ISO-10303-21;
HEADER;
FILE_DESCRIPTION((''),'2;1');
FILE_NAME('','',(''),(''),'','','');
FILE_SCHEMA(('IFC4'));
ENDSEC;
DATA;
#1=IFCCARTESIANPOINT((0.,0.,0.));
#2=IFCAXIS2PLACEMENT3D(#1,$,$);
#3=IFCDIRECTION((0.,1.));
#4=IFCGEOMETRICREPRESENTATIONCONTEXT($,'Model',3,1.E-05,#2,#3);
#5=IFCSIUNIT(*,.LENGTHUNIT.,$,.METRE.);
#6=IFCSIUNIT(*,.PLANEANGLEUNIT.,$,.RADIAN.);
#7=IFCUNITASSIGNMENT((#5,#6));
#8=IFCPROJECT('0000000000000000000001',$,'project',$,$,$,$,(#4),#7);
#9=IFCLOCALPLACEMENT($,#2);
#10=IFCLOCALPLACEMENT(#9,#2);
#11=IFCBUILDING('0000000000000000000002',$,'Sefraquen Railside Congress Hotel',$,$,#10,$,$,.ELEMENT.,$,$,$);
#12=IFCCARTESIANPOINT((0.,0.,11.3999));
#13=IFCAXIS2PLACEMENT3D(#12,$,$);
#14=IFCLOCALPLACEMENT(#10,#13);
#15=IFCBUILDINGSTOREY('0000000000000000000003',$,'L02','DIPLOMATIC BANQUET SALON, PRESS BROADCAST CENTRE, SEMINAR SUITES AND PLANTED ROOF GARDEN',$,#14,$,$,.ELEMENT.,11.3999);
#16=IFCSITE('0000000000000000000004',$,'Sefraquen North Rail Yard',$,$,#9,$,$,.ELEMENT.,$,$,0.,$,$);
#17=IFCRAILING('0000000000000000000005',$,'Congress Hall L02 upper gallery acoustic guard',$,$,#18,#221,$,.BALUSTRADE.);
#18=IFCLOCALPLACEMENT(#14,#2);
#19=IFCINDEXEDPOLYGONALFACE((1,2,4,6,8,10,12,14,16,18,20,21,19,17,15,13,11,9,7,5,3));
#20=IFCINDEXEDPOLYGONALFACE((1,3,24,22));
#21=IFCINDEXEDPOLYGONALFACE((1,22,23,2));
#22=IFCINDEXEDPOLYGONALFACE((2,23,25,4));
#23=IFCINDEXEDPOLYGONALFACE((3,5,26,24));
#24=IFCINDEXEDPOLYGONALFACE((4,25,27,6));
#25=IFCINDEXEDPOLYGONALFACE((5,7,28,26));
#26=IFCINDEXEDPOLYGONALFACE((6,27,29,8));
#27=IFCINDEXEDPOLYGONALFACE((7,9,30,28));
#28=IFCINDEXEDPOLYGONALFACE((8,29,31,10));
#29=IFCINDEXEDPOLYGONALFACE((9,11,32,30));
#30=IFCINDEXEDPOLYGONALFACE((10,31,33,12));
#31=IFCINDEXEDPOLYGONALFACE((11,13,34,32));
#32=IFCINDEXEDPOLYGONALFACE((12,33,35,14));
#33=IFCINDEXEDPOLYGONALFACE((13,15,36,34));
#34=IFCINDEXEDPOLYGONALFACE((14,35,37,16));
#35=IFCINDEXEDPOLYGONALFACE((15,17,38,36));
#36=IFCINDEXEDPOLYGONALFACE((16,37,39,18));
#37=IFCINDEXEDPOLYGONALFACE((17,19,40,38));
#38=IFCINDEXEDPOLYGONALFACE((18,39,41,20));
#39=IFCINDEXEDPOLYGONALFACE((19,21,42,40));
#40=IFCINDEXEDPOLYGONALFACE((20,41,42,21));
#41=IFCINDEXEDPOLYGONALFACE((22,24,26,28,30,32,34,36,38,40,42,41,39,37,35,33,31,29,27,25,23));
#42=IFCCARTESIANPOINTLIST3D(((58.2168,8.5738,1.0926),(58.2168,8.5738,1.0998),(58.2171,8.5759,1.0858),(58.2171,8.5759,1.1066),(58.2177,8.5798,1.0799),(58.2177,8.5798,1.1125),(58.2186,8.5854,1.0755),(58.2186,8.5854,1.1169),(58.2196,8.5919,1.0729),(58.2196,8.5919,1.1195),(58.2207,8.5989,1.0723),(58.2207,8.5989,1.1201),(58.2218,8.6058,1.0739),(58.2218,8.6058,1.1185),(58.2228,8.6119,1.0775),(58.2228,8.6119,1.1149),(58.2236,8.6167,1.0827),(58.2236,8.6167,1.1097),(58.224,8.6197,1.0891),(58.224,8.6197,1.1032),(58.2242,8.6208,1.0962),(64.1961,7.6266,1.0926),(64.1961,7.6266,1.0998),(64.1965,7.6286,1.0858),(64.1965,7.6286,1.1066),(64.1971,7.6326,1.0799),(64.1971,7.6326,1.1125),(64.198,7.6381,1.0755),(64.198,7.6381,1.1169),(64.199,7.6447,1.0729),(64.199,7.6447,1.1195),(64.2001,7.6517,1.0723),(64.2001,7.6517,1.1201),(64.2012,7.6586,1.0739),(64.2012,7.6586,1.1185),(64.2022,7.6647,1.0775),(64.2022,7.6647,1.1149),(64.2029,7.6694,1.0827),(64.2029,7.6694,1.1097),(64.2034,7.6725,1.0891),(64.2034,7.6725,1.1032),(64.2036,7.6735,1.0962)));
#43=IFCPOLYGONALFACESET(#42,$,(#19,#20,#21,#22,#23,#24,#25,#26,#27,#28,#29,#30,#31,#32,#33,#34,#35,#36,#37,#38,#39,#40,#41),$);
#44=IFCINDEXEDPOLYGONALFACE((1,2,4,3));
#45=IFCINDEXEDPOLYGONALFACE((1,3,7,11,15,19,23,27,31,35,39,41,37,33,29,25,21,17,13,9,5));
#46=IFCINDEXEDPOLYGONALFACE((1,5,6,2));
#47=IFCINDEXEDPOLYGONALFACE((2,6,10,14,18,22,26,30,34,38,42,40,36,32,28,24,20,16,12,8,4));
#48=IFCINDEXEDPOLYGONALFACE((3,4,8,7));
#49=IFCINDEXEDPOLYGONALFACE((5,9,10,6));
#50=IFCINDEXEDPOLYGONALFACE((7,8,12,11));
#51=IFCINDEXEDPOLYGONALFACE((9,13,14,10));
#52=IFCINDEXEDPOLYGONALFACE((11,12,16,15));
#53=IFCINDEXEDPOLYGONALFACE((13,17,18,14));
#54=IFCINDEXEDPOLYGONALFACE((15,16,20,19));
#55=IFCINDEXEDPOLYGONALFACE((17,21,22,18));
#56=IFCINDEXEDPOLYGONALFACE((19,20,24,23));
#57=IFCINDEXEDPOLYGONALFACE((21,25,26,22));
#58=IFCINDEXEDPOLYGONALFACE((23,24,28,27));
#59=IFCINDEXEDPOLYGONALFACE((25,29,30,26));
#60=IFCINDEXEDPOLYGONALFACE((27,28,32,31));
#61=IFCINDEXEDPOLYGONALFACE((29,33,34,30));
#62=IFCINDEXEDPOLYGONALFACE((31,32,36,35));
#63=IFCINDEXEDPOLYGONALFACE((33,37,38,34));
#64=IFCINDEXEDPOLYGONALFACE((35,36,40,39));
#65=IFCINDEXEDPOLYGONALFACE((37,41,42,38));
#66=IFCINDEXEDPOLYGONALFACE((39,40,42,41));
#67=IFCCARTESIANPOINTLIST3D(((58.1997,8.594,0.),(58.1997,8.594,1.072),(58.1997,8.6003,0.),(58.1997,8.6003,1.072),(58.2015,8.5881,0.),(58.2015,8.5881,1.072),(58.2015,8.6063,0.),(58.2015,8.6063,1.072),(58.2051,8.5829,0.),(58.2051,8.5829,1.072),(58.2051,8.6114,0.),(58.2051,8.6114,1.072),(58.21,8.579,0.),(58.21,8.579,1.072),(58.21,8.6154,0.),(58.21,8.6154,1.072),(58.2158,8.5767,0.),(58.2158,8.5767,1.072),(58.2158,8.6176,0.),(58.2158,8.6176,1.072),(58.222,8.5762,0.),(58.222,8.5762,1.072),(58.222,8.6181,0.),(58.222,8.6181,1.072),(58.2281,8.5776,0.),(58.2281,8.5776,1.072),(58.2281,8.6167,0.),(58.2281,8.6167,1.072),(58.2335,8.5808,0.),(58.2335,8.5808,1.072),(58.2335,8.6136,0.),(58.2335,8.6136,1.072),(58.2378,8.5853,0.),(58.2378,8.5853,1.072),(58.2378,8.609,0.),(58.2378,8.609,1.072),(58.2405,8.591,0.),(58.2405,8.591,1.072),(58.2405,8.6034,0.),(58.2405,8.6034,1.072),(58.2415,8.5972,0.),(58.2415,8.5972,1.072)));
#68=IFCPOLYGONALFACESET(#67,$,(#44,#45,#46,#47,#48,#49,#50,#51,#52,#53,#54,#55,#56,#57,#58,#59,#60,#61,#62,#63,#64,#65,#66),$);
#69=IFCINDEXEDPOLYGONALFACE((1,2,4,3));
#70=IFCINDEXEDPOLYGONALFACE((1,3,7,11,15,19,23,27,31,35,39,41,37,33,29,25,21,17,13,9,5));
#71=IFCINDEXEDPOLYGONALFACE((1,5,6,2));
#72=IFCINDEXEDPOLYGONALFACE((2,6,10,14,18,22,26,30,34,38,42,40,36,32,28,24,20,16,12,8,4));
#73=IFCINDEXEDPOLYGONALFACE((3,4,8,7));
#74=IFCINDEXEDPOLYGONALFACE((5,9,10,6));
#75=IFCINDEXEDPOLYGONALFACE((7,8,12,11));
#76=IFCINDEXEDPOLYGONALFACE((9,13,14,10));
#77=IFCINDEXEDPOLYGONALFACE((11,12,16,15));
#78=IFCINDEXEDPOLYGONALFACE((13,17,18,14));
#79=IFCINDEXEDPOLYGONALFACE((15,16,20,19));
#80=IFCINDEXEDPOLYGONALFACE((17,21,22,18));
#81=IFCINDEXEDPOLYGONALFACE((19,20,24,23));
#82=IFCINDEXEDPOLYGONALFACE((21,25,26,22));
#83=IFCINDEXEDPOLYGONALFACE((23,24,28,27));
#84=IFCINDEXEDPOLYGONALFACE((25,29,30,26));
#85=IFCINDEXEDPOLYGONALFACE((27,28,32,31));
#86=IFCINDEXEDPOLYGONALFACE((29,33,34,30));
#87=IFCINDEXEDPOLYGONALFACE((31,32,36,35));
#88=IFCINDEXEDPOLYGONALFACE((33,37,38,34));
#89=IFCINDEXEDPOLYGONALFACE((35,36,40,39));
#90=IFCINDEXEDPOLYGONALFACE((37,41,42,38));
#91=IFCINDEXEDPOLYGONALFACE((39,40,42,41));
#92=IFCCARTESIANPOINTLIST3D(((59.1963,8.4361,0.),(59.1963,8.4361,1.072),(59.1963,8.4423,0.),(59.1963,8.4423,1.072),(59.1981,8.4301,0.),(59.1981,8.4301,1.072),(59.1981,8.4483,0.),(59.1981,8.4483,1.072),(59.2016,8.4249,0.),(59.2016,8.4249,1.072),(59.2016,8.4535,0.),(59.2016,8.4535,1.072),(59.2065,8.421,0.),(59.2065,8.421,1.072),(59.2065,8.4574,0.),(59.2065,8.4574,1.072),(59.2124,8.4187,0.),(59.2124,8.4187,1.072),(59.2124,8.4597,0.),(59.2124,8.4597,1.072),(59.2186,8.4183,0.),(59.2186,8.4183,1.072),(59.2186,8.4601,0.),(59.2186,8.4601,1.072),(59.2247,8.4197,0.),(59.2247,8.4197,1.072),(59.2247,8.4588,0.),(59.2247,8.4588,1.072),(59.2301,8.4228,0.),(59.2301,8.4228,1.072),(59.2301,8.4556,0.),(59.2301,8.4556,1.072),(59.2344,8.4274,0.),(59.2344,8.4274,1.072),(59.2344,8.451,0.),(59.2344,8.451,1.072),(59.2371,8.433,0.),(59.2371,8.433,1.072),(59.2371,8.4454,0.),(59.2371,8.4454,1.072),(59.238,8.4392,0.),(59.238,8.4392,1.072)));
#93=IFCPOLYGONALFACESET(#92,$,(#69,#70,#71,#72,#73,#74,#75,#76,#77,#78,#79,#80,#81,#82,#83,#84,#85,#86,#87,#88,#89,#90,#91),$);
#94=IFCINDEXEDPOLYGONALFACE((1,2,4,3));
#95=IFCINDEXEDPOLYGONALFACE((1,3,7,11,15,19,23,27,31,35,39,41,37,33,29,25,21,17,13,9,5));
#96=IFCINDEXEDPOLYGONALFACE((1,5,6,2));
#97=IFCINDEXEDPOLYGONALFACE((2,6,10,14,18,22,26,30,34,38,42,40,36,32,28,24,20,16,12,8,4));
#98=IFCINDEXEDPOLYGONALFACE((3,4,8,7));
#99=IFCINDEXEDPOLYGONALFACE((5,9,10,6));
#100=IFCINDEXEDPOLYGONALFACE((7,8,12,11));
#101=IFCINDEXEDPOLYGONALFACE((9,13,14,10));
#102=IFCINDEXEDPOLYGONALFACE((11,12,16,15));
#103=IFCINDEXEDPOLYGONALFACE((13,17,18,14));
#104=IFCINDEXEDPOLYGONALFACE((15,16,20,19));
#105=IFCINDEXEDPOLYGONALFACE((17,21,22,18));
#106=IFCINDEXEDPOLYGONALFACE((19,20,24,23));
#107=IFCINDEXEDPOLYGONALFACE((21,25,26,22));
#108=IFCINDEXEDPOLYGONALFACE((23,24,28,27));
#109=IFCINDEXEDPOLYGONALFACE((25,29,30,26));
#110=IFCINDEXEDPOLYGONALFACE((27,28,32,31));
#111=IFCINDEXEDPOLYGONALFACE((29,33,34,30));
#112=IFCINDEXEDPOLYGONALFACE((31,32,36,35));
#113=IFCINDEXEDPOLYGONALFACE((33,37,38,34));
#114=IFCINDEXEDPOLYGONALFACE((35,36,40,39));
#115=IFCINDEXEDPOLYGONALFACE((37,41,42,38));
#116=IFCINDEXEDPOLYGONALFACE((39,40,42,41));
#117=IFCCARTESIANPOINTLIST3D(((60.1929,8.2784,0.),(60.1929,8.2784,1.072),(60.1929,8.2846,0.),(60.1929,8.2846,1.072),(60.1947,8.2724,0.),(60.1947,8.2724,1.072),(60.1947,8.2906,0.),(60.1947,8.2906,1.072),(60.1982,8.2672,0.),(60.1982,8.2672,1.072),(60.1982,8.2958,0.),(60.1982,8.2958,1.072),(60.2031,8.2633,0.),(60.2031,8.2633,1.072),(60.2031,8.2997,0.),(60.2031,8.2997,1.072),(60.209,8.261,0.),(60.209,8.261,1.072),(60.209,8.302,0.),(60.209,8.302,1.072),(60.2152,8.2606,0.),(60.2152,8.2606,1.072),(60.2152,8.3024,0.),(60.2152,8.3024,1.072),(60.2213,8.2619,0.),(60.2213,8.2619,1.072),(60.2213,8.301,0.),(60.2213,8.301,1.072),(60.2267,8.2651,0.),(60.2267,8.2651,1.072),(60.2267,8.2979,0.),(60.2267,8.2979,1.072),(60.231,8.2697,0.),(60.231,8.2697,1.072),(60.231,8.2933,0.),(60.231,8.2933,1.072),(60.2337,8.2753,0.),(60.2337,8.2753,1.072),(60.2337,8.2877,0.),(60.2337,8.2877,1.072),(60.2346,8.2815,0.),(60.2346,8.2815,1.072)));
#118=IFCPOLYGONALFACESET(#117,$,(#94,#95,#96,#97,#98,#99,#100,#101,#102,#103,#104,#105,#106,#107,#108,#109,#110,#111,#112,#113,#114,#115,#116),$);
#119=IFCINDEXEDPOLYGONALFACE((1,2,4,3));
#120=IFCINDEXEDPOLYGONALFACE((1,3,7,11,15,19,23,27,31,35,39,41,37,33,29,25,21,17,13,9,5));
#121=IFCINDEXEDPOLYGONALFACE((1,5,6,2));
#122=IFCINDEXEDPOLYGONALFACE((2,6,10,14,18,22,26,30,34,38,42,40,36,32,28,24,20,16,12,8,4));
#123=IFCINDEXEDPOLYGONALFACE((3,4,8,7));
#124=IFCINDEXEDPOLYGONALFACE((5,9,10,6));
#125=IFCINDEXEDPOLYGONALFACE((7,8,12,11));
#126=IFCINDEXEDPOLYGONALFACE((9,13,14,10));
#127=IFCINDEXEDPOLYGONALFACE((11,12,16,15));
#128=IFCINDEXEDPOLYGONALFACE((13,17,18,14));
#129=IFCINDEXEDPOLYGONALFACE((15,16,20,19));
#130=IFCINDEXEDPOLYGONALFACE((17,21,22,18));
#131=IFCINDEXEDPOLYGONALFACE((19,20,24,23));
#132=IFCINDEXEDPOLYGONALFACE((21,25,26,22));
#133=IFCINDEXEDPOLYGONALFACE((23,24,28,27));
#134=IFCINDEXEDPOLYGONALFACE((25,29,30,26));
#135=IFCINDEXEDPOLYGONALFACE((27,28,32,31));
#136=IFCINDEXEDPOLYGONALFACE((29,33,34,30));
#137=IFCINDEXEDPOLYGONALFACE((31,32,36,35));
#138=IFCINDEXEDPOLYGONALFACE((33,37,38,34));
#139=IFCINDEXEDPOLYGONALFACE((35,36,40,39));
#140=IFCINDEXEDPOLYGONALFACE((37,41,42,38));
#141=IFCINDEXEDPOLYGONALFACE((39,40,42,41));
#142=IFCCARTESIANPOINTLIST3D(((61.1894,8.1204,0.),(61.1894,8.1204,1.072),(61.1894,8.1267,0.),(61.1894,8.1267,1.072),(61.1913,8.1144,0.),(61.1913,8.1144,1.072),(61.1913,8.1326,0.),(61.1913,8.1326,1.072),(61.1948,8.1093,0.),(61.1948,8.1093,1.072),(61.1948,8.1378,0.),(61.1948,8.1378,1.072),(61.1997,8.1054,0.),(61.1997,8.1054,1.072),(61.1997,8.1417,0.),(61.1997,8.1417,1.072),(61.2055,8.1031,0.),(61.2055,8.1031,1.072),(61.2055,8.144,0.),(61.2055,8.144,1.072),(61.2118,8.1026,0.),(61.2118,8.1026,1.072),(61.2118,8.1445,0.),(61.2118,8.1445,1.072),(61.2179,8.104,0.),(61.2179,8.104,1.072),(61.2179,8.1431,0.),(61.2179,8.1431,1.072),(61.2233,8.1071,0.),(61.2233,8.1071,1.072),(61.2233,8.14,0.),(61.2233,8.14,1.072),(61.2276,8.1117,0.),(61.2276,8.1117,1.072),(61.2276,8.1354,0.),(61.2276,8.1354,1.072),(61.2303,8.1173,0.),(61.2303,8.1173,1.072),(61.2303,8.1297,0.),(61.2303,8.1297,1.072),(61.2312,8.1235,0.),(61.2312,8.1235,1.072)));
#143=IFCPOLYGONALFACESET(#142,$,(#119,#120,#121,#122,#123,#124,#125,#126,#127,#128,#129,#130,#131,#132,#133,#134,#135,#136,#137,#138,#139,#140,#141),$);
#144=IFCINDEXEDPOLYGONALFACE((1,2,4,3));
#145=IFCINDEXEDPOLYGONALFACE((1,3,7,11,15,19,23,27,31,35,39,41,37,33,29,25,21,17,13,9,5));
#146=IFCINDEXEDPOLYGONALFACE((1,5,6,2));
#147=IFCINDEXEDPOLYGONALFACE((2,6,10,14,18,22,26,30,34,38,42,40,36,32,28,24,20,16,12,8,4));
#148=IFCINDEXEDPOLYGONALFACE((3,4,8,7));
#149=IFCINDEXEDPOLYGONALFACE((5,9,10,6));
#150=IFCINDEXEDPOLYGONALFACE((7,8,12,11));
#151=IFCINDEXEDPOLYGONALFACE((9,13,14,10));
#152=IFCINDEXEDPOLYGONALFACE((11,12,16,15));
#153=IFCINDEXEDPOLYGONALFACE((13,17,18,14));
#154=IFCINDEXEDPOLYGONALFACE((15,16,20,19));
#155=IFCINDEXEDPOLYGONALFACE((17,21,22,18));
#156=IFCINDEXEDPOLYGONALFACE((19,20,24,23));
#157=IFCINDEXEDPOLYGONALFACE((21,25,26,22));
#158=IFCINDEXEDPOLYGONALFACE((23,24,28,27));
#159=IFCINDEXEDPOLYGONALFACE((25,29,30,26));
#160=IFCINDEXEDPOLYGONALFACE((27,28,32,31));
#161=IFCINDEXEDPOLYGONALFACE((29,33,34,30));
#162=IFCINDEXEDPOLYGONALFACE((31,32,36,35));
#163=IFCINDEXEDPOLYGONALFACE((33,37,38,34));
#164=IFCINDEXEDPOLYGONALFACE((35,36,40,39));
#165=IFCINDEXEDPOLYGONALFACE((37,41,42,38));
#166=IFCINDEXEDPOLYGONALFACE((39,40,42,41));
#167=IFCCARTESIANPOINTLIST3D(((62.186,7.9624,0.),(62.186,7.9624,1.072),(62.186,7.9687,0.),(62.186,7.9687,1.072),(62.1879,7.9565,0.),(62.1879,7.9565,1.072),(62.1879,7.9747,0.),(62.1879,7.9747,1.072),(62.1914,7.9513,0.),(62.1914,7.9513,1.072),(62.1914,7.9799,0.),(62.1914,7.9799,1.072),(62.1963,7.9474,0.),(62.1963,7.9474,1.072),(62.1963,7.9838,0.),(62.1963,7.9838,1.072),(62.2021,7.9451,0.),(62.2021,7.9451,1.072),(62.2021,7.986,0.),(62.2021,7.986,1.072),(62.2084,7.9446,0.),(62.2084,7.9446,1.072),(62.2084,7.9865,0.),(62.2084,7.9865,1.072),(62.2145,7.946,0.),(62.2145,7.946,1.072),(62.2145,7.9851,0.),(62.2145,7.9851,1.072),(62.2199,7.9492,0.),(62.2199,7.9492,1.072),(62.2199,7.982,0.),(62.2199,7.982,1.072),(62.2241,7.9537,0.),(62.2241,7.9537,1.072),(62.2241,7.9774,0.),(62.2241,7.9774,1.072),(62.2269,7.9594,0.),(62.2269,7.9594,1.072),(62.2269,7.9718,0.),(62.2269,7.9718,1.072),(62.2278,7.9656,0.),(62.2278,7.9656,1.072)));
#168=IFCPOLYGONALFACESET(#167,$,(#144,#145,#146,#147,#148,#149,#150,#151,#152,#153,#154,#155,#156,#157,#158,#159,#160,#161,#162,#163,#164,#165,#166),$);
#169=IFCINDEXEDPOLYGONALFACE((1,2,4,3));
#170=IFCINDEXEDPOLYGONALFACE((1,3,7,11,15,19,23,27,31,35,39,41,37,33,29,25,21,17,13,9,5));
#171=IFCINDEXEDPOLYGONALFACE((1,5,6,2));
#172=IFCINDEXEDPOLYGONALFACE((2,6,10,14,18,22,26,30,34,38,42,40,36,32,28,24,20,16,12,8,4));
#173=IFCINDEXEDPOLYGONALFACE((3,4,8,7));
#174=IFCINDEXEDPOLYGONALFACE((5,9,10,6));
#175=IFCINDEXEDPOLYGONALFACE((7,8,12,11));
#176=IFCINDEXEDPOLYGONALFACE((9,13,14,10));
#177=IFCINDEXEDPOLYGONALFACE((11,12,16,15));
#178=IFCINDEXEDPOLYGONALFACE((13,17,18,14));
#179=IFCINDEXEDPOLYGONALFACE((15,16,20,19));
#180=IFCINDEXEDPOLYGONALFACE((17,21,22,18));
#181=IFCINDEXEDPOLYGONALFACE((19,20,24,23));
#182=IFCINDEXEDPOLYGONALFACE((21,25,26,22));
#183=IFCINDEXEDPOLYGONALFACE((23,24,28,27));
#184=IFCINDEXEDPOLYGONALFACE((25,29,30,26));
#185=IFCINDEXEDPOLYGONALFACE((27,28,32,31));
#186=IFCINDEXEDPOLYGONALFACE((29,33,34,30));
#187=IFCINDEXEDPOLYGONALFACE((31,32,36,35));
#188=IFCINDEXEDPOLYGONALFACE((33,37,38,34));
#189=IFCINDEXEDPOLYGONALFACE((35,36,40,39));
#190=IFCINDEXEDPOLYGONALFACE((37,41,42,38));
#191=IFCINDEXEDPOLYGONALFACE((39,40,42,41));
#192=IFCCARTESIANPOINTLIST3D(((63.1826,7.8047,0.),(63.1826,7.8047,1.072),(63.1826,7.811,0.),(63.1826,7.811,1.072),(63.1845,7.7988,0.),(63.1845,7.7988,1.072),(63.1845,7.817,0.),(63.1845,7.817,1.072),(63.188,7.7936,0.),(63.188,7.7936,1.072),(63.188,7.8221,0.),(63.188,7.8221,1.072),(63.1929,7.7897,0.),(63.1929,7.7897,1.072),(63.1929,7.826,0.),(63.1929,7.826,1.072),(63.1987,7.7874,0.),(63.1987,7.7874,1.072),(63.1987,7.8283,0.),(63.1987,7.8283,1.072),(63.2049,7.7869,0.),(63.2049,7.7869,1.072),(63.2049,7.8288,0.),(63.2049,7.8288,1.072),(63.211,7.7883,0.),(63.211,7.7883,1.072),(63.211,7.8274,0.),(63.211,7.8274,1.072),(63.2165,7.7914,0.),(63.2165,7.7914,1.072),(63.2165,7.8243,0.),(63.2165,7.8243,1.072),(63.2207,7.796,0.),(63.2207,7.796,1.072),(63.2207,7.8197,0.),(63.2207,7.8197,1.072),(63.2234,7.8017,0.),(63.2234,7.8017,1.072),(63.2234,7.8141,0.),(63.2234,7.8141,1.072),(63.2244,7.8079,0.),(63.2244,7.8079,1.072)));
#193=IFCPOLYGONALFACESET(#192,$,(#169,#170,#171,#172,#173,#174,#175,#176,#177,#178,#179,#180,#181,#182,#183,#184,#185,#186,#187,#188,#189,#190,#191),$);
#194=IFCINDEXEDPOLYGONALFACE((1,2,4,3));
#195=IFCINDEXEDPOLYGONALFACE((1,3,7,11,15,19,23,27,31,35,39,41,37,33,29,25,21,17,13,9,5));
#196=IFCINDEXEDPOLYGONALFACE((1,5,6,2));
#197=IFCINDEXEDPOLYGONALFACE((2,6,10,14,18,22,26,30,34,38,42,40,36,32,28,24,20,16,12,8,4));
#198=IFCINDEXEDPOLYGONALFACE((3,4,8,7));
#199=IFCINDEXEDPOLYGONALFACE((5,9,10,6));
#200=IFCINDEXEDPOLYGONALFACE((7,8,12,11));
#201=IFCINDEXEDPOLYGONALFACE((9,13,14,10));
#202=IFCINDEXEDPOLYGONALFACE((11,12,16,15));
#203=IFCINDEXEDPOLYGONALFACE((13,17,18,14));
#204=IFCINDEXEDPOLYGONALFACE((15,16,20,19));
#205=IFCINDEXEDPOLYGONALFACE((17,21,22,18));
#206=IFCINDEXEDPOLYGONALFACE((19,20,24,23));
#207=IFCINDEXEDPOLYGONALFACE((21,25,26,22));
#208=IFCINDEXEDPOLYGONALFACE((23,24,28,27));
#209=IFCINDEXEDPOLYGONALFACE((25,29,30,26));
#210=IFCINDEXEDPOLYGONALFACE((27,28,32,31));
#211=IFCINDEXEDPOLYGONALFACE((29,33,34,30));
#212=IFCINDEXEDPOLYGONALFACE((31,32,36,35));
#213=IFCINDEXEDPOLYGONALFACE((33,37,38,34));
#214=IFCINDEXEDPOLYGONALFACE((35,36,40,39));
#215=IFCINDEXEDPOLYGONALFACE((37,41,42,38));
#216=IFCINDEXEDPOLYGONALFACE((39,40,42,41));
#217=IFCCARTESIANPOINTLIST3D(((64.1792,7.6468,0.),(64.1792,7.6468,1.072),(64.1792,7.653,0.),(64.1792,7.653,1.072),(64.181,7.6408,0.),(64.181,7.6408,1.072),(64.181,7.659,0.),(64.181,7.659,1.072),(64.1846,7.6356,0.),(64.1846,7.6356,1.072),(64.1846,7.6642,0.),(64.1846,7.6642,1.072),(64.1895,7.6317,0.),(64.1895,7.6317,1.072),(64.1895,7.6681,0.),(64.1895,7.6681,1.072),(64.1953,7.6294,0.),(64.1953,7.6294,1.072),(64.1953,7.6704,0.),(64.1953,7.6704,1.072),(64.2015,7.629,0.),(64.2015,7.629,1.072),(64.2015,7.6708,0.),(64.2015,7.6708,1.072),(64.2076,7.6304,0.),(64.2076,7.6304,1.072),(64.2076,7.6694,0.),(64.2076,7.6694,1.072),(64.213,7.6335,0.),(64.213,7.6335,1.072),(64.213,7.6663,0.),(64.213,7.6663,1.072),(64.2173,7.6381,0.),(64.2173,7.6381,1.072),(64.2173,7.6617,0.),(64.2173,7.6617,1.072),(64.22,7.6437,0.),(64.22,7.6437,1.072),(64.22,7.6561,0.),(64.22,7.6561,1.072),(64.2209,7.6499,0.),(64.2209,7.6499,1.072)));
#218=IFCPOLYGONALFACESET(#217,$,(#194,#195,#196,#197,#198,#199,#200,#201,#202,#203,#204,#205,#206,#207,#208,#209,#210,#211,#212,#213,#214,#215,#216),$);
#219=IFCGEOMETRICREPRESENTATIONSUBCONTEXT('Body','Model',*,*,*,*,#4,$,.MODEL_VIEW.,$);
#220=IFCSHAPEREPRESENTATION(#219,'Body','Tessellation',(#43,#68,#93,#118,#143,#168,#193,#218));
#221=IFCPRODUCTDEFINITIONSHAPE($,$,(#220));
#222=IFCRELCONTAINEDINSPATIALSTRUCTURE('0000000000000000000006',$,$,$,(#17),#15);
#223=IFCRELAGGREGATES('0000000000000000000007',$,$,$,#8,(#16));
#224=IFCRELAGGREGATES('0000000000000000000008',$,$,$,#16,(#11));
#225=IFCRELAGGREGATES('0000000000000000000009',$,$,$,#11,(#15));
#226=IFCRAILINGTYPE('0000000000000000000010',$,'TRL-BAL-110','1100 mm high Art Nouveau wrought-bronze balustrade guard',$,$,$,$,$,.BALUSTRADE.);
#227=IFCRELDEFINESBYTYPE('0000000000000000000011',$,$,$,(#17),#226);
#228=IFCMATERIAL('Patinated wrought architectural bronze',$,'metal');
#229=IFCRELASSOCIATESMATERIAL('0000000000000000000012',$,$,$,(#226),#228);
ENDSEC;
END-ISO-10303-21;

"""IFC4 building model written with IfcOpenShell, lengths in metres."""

from ifc_helpers import new_model, si_unit, direction, frame, origin, origin_2d, place, context, subcontext, project, spatial, circle, extrude, material, type_object, element, save


model = new_model("IFC4")

# Units and contexts
model_context = context("Model", 3, precision=1e-05, world=origin(), true_north=direction((0.0, 1.0)))
body_context = subcontext(model_context, "Body", "Model", "MODEL_VIEW")
ifc_project = project(units=[si_unit("LENGTHUNIT", "METRE"), si_unit("PLANEANGLEUNIT", "RADIAN")], contexts=[model_context])

# Site, building, storey
site_placement = place(None, origin())
site = spatial("IfcSite", under=ifc_project, at=site_placement, Name="Sefraquen North Rail Yard", CompositionType="ELEMENT", RefElevation=0.0)
building_placement = place(site_placement, origin())
building = spatial("IfcBuilding", under=site, at=building_placement, Name="Sefraquen Railside Congress Hotel", CompositionType="ELEMENT")
storey_placement = place(building_placement, frame((0.0, 0.0, 11.3999)))
storey = spatial("IfcBuildingStorey", under=building, at=storey_placement, Name="L02", Description="DIPLOMATIC BANQUET SALON, PRESS BROADCAST CENTRE, SEMINAR SUITES AND PLANTED ROOF GARDEN", CompositionType="ELEMENT", Elevation=11.3999)

# Railing
ifc_material_1 = material(Name="Patinated wrought architectural bronze", Category="metal")
railing_type = type_object("IfcRailingType", Name="TRL-BAL-110", Description="1100 mm high Art Nouveau wrought-bronze balustrade guard", PredefinedType="BALUSTRADE", material=ifc_material_1)
railing_1_placement = place(storey_placement, frame((58.2205, 8.5972, 0.0)))
element("IfcRailing", 1, at=railing_1_placement, inside=storey, type_object=railing_type, Name="Congress Hall L02 upper gallery acoustic guard", PredefinedType="BALUSTRADE", context=body_context, shape_type="SweptSolid", body=[
    extrude(circle(Radius=0.0239, at=origin_2d()), frame((0.0, 0.0, 1.0962), z_axis=(0.987683, -0.156468, 0.0), x_axis=(0.156468, 0.987683, 0.0)), (0.0, 0.0, 1.0), 6.054),
    extrude(circle(Radius=0.021, at=origin_2d()), origin(), (0.0, 0.0, 1.0), 1.072),
    extrude(circle(Radius=0.021, at=origin_2d()), frame((0.9966, -0.158, 0.0)), (0.0, 0.0, 1.0), 1.072),
    extrude(circle(Radius=0.021, at=origin_2d()), frame((1.9932, -0.3157, 0.0)), (0.0, 0.0, 1.0), 1.072),
    extrude(circle(Radius=0.021, at=origin_2d()), frame((2.9897, -0.4736, 0.0)), (0.0, 0.0, 1.0), 1.072),
    extrude(circle(Radius=0.021, at=origin_2d()), frame((3.9863, -0.6316, 0.0)), (0.0, 0.0, 1.0), 1.072),
    extrude(circle(Radius=0.021, at=origin_2d()), frame((4.9829, -0.7893, 0.0)), (0.0, 0.0, 1.0), 1.072),
    extrude(circle(Radius=0.021, at=origin_2d()), frame((5.9795, -0.9473, 0.0)), (0.0, 0.0, 1.0), 1.072),
])

save(model, "model.ifc")
